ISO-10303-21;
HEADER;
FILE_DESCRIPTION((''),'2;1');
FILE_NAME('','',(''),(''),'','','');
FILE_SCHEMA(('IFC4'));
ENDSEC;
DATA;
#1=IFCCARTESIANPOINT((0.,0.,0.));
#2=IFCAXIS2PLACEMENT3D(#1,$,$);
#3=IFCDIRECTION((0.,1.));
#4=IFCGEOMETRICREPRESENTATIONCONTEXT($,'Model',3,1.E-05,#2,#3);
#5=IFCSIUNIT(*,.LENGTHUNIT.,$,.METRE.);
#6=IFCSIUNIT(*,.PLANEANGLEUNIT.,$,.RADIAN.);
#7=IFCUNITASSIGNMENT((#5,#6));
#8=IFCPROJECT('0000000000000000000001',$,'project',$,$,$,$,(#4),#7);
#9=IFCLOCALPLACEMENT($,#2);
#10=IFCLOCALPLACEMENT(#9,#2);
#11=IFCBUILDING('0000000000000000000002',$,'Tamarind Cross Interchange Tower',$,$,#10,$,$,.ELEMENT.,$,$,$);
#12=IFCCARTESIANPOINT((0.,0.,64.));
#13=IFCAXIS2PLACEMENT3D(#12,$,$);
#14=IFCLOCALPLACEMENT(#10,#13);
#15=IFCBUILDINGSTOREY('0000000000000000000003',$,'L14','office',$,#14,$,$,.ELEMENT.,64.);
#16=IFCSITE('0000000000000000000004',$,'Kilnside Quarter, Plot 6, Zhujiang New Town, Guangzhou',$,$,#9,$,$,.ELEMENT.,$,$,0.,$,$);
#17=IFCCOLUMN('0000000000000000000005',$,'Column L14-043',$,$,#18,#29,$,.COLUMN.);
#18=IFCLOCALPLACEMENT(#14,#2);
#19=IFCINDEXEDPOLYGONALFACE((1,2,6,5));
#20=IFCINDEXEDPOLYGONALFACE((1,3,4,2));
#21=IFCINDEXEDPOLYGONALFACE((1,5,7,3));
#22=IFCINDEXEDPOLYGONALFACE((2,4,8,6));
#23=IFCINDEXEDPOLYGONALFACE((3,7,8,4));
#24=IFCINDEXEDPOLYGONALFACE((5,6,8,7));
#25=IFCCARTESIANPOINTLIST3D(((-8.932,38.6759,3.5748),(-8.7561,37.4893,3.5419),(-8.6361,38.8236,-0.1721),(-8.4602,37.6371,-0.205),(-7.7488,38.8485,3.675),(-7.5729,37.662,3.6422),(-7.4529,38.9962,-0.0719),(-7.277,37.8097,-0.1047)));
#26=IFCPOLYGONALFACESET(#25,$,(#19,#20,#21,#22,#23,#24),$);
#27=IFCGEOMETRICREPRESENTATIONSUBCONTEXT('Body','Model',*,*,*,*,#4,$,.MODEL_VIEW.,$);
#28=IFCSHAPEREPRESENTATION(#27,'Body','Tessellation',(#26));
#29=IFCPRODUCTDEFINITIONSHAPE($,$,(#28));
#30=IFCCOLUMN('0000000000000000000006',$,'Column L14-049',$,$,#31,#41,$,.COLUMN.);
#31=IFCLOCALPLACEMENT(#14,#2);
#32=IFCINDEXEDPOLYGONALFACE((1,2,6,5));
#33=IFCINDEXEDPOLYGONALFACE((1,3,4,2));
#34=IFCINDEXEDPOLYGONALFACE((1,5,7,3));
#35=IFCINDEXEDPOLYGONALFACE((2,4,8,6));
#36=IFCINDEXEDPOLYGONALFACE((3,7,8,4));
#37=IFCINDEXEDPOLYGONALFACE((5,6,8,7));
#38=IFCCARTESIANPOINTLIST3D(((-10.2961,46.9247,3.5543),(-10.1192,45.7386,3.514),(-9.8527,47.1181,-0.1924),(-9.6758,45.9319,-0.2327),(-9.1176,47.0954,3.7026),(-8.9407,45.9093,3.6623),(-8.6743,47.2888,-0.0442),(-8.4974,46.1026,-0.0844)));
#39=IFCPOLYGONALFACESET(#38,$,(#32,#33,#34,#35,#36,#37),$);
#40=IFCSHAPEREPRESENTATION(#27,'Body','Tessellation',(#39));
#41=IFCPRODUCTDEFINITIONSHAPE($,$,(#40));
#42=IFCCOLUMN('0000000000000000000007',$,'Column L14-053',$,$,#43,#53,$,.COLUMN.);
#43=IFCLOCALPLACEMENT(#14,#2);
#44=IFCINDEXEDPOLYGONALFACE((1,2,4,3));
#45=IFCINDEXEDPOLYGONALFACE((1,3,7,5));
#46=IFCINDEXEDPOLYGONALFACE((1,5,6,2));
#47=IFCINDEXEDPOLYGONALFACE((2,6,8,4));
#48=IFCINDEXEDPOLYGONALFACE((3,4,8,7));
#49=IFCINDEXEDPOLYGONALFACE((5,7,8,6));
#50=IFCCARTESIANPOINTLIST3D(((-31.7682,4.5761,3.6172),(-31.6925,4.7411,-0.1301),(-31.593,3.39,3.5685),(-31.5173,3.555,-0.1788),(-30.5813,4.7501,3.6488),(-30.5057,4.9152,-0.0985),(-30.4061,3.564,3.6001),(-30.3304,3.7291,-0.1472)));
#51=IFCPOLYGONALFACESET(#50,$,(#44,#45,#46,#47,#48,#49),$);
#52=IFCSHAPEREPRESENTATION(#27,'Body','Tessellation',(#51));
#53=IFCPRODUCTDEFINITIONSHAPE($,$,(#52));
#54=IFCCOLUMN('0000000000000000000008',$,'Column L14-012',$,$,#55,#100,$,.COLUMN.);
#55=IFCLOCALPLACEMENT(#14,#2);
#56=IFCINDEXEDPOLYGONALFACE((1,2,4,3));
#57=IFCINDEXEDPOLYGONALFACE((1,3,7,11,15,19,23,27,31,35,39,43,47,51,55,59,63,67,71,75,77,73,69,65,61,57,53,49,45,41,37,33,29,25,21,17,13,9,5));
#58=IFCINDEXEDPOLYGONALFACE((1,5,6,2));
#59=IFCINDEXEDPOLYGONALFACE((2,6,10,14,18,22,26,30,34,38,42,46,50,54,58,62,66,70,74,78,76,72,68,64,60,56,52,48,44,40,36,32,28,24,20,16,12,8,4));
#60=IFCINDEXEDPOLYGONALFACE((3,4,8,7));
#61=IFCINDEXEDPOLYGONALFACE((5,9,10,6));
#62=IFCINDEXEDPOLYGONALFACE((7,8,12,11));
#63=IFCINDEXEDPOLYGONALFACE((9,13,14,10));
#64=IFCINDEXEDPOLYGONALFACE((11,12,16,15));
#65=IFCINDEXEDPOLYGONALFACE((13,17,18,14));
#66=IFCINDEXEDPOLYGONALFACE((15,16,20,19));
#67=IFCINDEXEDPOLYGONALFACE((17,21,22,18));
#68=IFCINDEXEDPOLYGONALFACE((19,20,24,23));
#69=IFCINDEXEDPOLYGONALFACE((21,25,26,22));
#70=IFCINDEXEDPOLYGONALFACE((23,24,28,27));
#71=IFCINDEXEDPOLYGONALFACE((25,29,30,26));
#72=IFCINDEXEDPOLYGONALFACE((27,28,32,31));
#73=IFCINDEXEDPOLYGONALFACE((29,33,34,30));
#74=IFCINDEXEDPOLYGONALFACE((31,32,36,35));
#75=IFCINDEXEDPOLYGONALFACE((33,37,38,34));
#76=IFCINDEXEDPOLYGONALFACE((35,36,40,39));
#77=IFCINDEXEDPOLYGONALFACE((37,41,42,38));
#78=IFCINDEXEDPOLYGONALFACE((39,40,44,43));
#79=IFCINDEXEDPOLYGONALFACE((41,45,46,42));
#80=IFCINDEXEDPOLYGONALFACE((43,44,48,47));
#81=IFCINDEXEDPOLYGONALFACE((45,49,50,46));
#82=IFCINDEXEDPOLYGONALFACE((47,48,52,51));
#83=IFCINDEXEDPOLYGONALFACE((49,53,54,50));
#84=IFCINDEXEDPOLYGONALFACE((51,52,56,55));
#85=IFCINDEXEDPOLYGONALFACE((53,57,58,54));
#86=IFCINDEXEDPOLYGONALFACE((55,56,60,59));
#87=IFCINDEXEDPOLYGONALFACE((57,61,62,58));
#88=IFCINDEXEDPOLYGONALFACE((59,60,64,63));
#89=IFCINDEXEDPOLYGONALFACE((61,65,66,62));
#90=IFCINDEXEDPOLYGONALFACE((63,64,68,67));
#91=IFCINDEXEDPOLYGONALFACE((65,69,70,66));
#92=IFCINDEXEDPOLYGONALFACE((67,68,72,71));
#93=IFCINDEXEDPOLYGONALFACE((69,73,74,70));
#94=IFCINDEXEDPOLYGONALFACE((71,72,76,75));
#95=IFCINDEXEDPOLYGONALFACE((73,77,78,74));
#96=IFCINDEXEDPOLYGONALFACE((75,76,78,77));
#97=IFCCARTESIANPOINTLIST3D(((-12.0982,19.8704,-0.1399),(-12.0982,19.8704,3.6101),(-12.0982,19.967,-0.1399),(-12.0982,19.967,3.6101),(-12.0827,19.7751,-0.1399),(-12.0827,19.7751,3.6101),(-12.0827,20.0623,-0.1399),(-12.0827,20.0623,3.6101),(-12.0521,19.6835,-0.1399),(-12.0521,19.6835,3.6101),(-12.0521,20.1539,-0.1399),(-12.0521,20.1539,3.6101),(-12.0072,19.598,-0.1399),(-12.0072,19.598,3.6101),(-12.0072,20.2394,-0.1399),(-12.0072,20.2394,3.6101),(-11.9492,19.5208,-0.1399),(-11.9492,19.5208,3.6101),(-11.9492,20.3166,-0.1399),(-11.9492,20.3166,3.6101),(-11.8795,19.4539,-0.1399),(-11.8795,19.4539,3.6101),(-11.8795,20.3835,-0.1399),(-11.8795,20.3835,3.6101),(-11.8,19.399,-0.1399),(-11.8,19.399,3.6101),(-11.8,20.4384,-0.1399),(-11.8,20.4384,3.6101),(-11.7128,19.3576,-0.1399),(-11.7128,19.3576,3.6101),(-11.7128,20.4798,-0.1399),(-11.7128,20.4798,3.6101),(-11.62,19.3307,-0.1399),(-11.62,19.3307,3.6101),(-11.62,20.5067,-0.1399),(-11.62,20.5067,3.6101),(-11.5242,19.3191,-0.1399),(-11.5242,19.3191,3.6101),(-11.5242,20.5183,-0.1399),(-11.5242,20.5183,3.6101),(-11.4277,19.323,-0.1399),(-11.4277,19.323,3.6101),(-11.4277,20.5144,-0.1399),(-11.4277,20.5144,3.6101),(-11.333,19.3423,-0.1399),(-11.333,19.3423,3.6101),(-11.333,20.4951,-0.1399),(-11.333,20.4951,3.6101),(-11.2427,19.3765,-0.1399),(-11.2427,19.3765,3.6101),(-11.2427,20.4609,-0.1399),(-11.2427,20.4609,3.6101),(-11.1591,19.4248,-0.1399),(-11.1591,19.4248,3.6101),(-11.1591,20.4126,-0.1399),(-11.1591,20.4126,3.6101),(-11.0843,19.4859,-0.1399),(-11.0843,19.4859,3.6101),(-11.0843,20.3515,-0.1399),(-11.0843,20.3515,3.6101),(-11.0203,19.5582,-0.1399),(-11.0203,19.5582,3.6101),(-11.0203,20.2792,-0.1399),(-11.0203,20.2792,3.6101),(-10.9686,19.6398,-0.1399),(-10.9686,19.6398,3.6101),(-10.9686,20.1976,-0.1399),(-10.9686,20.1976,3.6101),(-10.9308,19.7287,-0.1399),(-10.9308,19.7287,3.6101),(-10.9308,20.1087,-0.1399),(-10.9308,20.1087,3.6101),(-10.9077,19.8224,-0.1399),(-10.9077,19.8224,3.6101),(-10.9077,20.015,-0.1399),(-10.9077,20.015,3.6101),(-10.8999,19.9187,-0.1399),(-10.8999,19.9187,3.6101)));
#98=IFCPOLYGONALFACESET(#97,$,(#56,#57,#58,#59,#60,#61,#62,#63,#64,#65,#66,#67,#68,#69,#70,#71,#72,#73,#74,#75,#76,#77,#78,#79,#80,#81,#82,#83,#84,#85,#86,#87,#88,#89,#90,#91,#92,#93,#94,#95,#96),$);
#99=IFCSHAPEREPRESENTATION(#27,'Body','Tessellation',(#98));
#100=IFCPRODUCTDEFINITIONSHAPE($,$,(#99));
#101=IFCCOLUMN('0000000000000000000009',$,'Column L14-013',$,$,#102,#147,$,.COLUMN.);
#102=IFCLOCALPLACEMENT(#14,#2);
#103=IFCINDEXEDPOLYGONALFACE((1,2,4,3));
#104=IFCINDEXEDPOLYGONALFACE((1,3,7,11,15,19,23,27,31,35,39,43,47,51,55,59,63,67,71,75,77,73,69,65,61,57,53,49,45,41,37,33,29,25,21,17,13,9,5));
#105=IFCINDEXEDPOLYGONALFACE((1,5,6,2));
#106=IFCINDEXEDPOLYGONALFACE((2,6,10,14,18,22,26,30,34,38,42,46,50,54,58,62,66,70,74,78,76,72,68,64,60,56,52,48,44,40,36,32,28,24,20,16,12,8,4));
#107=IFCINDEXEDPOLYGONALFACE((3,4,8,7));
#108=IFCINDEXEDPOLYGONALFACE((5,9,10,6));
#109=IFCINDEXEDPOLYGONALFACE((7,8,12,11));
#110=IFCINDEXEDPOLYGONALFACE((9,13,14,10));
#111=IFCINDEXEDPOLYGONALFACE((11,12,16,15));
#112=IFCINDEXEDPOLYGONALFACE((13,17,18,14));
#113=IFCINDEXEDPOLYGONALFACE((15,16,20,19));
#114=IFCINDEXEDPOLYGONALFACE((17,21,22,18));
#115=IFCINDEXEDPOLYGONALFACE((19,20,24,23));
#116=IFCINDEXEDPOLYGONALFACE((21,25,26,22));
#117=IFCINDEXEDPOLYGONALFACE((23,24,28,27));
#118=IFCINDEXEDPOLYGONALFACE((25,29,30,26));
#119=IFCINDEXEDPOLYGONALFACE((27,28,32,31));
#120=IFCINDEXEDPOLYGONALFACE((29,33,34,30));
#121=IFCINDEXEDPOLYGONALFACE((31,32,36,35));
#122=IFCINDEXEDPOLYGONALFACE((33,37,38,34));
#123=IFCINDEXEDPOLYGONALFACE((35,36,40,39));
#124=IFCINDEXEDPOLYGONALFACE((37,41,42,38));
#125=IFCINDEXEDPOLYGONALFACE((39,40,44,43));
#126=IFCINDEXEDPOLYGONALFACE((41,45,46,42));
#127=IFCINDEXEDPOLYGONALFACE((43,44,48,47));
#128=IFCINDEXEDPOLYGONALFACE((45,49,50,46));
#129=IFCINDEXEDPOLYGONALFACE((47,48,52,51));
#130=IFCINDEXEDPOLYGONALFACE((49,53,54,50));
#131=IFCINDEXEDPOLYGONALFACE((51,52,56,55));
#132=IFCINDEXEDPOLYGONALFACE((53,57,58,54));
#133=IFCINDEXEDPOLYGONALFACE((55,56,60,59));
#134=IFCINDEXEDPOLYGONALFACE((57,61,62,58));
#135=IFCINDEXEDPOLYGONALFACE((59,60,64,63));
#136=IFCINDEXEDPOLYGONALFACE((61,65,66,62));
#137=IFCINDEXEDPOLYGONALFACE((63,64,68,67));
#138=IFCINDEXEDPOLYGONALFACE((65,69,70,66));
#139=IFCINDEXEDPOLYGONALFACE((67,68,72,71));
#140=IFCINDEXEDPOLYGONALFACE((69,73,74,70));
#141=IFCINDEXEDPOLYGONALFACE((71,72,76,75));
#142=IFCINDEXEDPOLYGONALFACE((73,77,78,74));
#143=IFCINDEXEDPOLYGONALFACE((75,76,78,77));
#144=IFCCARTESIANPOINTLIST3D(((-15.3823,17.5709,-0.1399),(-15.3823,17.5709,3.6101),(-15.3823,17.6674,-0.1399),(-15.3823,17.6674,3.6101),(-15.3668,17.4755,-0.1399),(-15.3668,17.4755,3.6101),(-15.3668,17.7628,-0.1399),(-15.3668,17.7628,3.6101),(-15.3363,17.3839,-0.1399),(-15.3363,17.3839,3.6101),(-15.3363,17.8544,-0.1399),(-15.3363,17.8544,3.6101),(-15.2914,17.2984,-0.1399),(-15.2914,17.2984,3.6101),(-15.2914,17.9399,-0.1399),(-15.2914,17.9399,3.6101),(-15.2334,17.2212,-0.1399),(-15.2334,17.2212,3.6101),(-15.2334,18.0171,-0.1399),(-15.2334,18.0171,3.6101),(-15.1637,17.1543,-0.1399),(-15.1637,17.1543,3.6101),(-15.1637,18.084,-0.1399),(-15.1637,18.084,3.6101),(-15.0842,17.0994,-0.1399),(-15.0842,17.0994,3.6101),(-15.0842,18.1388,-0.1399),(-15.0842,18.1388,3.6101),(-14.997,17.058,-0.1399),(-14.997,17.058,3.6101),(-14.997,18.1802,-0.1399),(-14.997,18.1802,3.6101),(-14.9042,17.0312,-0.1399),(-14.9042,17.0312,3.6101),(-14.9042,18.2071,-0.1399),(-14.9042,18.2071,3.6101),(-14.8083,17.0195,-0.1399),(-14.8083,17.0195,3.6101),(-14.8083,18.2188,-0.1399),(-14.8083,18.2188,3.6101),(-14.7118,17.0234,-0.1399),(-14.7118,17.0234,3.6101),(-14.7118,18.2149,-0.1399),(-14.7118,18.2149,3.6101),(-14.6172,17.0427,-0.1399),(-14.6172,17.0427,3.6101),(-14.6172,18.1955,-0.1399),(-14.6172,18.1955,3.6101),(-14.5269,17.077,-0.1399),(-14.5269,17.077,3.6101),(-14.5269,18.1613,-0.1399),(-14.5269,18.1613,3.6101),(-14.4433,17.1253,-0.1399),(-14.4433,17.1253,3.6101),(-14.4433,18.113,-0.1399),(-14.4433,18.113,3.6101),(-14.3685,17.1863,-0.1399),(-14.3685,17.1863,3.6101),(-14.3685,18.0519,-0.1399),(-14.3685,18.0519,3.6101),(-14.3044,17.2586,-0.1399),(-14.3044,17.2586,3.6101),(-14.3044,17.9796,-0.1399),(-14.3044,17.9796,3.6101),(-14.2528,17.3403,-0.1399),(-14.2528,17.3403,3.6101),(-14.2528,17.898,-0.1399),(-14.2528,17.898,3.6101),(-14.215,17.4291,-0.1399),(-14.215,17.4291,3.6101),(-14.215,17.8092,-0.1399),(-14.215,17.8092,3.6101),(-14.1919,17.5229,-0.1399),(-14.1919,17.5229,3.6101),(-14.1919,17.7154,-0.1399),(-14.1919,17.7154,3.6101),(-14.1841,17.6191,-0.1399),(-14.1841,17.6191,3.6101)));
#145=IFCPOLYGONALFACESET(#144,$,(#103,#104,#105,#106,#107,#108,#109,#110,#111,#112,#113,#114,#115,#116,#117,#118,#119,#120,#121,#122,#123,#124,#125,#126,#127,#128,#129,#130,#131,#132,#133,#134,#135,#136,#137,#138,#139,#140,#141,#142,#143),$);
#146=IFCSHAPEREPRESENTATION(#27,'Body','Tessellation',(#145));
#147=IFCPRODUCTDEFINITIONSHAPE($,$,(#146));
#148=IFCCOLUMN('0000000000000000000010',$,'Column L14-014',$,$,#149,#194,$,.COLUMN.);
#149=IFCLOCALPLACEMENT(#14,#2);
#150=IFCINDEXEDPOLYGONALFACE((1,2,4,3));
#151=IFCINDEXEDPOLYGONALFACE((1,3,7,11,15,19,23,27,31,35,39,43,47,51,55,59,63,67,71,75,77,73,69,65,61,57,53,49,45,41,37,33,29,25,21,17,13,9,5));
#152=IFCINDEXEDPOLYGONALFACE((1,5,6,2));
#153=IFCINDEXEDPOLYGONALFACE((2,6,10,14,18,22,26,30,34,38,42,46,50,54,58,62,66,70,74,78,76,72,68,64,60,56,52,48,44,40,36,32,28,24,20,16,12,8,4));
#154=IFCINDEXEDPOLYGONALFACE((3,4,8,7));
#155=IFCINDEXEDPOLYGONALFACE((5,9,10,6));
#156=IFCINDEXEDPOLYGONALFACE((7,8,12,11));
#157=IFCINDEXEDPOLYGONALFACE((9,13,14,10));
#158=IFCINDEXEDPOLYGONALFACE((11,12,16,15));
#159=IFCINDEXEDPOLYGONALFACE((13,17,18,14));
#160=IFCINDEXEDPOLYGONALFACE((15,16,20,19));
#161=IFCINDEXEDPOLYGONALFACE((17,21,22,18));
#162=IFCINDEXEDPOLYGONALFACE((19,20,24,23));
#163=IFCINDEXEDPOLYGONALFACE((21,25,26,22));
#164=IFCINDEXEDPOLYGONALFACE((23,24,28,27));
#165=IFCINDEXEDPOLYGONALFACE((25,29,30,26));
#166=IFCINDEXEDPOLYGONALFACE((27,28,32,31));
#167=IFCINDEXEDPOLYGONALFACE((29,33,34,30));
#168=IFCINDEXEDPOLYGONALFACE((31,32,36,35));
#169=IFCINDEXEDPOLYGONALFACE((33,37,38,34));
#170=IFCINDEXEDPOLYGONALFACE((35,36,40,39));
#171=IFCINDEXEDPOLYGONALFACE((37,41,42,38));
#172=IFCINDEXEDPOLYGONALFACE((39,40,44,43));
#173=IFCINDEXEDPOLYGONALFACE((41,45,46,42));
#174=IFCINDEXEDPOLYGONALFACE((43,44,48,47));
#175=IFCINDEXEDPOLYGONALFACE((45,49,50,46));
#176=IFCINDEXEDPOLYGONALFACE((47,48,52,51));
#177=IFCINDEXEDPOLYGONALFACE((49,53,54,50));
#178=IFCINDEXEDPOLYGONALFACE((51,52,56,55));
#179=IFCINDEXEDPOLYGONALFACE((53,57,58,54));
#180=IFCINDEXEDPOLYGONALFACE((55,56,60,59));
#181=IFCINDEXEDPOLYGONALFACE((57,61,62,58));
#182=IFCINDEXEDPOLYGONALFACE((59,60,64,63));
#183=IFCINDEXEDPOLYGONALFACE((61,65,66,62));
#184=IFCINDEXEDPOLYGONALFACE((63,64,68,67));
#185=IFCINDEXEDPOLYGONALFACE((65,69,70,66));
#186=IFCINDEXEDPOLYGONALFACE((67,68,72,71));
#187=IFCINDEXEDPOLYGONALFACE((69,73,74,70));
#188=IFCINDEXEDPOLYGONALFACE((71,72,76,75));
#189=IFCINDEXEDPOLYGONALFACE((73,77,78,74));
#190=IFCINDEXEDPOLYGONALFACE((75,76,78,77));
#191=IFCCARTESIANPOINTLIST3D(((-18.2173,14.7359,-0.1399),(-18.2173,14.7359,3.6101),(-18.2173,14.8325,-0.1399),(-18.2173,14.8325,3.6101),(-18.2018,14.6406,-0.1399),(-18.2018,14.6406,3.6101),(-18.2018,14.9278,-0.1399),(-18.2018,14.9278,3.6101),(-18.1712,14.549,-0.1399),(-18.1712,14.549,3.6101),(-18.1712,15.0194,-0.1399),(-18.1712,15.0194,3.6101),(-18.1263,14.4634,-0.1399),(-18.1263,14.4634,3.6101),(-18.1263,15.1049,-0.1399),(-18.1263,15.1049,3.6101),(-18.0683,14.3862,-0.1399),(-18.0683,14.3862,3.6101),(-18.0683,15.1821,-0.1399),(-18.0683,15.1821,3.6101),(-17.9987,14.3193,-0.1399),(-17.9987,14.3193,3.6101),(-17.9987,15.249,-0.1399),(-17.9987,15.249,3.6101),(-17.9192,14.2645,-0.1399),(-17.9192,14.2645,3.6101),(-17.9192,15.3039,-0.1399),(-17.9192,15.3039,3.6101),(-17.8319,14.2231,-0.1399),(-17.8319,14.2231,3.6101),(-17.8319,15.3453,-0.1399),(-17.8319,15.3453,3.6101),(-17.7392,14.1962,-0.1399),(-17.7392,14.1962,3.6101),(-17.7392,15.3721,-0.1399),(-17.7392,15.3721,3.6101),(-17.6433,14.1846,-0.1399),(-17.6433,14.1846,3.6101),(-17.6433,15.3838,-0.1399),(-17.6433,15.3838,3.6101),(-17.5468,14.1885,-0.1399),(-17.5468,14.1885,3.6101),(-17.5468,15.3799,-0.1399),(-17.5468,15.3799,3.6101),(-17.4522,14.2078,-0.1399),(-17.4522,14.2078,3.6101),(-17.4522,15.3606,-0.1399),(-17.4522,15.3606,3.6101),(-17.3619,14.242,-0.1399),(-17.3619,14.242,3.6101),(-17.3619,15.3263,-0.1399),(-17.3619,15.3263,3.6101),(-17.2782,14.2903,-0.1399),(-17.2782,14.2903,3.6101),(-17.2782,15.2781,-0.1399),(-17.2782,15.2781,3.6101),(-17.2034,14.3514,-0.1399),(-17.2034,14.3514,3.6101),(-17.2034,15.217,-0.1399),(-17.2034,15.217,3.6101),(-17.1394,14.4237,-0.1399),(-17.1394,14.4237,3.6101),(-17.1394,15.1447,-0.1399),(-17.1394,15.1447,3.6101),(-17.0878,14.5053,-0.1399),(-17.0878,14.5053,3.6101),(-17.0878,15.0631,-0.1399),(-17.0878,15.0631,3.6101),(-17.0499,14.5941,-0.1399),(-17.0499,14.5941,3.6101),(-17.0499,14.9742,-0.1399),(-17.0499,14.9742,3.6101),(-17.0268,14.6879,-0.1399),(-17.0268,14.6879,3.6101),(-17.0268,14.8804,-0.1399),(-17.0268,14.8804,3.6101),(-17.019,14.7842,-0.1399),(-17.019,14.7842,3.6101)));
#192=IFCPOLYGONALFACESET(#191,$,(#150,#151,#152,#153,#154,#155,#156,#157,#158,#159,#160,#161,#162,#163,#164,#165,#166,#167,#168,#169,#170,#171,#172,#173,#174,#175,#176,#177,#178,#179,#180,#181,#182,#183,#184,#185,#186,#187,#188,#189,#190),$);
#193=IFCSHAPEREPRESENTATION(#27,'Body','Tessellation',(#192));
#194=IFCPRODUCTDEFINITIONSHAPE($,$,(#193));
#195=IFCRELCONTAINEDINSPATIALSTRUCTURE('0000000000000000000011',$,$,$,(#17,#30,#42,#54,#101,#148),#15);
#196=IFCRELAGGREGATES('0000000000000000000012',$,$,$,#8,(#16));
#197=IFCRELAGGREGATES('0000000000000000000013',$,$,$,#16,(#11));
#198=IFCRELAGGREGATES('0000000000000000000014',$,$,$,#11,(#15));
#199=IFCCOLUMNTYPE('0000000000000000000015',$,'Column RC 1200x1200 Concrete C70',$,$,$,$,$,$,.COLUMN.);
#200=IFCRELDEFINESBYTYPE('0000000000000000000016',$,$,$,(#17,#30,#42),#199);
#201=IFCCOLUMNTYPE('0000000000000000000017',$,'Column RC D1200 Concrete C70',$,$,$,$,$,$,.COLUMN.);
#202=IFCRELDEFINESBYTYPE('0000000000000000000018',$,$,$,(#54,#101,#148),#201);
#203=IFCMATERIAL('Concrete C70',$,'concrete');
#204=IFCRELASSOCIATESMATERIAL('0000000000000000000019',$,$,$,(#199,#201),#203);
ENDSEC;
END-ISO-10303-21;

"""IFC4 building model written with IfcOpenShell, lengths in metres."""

from ifc_helpers import new_model, si_unit, direction, frame, origin, origin_2d, place, context, subcontext, project, spatial, rectangle, circle, extrude, material, material_profile, profile_set, type_object, element, save


model = new_model("IFC4")

# Units and contexts
model_context = context("Model", 3, precision=1e-05, world=origin(), true_north=direction((0.0, 1.0)))
body_context = subcontext(model_context, "Body", "Model", "MODEL_VIEW")
ifc_project = project(units=[si_unit("LENGTHUNIT", "METRE"), si_unit("PLANEANGLEUNIT", "RADIAN")], contexts=[model_context])

# Site, building, storey
site_placement = place(None, origin())
site = spatial("IfcSite", under=ifc_project, at=site_placement, Name="Kilnside Quarter, Plot 6, Zhujiang New Town, Guangzhou", CompositionType="ELEMENT", RefElevation=0.0)
building_placement = place(site_placement, origin())
building = spatial("IfcBuilding", under=site, at=building_placement, Name="Tamarind Cross Interchange Tower", CompositionType="ELEMENT")
storey_placement = place(building_placement, frame((0.0, 0.0, 64.0)))
storey = spatial("IfcBuildingStorey", under=building, at=storey_placement, Name="L14", Description="office", CompositionType="ELEMENT", Elevation=64.0)

# Columns
ifc_material_1 = material(Name="Concrete C70", Category="concrete")
ifc_material_profile_1 = material_profile(ifc_material_1, rectangle(XDim=1.2, YDim=1.2, at=origin_2d()), Name="RC 1200x1200")
ifc_profile_set_1 = profile_set([ifc_material_profile_1], Name="Concrete C70")
column_type_1 = type_object("IfcColumnType", Name="Column RC 1200x1200 Concrete C70", PredefinedType="COLUMN", material=ifc_profile_set_1)
column_1_placement = place(storey_placement, frame((-7.9565, 38.3167, -0.1384), z_axis=(-0.078667, -0.039269, 0.996127), x_axis=(0.98606, 0.143893, 0.083545)))
element("IfcColumn", 1, at=column_1_placement, inside=storey, type_object=column_type_1, Name="Column L14-043", PredefinedType="COLUMN", context=body_context, shape_type="SweptSolid", body=[
    extrude(rectangle(XDim=1.2, YDim=1.2, at=origin_2d()), origin(), (0.0, 0.0, 1.0), 3.7615),
])
column_2_placement = place(storey_placement, frame((-9.175, 46.6104, -0.1384), z_axis=(-0.117355, -0.051181, 0.99177), x_axis=(0.982087, 0.14227, 0.123552)))
element("IfcColumn", 2, at=column_2_placement, inside=storey, type_object=column_type_1, Name="Column L14-049", PredefinedType="COLUMN", context=body_context, shape_type="SweptSolid", body=[
    extrude(rectangle(XDim=1.2, YDim=1.2, at=origin_2d()), origin(), (0.0, 0.0, 1.0), 3.7778),
])
column_3_placement = place(storey_placement, frame((-31.0115, 4.2351, -0.1387), z_axis=(-0.020173, -0.04399, 0.998828), x_axis=(0.989075, 0.145034, 0.026364)))
element("IfcColumn", 3, at=column_3_placement, inside=storey, type_object=column_type_1, Name="Column L14-053", PredefinedType="COLUMN", context=body_context, shape_type="SweptSolid", body=[
    extrude(rectangle(XDim=1.2, YDim=1.2, at=origin_2d()), origin(), (0.0, 0.0, 1.0), 3.7517),
])
ifc_material_profile_2 = material_profile(ifc_material_1, circle(Radius=0.6001, at=origin_2d()), Name="RC D1200")
ifc_profile_set_2 = profile_set([ifc_material_profile_2], Name="Concrete C70")
column_type_2 = type_object("IfcColumnType", Name="Column RC D1200 Concrete C70", PredefinedType="COLUMN", material=ifc_profile_set_2)
for number, where, z_axis, x_axis, name in (
    (4, (-11.5, 19.9187, -0.1399), (0.0, 0.0, 1.0), (1.0, 0.0, 0.0), "Column L14-012"),
    (5, (-14.7842, 17.6191, -0.1399), (0.0, 0.0, 1.0), (1.0, 0.0, 0.0), "Column L14-013"),
    (6, (-17.6191, 14.7842, -0.1399), (0.0, 0.0, 1.0), (1.0, 0.0, 0.0), "Column L14-014"),
):
    element("IfcColumn", number, at=place(storey_placement, frame(where, z_axis=z_axis, x_axis=x_axis)), inside=storey, type_object=column_type_2, Name=name, PredefinedType="COLUMN", context=body_context, shape_type="SweptSolid", body=[
        extrude(circle(Radius=0.6001, at=origin_2d()), origin(), (0.0, 0.0, 1.0), 3.75),
    ])

save(model, "model.ifc")
